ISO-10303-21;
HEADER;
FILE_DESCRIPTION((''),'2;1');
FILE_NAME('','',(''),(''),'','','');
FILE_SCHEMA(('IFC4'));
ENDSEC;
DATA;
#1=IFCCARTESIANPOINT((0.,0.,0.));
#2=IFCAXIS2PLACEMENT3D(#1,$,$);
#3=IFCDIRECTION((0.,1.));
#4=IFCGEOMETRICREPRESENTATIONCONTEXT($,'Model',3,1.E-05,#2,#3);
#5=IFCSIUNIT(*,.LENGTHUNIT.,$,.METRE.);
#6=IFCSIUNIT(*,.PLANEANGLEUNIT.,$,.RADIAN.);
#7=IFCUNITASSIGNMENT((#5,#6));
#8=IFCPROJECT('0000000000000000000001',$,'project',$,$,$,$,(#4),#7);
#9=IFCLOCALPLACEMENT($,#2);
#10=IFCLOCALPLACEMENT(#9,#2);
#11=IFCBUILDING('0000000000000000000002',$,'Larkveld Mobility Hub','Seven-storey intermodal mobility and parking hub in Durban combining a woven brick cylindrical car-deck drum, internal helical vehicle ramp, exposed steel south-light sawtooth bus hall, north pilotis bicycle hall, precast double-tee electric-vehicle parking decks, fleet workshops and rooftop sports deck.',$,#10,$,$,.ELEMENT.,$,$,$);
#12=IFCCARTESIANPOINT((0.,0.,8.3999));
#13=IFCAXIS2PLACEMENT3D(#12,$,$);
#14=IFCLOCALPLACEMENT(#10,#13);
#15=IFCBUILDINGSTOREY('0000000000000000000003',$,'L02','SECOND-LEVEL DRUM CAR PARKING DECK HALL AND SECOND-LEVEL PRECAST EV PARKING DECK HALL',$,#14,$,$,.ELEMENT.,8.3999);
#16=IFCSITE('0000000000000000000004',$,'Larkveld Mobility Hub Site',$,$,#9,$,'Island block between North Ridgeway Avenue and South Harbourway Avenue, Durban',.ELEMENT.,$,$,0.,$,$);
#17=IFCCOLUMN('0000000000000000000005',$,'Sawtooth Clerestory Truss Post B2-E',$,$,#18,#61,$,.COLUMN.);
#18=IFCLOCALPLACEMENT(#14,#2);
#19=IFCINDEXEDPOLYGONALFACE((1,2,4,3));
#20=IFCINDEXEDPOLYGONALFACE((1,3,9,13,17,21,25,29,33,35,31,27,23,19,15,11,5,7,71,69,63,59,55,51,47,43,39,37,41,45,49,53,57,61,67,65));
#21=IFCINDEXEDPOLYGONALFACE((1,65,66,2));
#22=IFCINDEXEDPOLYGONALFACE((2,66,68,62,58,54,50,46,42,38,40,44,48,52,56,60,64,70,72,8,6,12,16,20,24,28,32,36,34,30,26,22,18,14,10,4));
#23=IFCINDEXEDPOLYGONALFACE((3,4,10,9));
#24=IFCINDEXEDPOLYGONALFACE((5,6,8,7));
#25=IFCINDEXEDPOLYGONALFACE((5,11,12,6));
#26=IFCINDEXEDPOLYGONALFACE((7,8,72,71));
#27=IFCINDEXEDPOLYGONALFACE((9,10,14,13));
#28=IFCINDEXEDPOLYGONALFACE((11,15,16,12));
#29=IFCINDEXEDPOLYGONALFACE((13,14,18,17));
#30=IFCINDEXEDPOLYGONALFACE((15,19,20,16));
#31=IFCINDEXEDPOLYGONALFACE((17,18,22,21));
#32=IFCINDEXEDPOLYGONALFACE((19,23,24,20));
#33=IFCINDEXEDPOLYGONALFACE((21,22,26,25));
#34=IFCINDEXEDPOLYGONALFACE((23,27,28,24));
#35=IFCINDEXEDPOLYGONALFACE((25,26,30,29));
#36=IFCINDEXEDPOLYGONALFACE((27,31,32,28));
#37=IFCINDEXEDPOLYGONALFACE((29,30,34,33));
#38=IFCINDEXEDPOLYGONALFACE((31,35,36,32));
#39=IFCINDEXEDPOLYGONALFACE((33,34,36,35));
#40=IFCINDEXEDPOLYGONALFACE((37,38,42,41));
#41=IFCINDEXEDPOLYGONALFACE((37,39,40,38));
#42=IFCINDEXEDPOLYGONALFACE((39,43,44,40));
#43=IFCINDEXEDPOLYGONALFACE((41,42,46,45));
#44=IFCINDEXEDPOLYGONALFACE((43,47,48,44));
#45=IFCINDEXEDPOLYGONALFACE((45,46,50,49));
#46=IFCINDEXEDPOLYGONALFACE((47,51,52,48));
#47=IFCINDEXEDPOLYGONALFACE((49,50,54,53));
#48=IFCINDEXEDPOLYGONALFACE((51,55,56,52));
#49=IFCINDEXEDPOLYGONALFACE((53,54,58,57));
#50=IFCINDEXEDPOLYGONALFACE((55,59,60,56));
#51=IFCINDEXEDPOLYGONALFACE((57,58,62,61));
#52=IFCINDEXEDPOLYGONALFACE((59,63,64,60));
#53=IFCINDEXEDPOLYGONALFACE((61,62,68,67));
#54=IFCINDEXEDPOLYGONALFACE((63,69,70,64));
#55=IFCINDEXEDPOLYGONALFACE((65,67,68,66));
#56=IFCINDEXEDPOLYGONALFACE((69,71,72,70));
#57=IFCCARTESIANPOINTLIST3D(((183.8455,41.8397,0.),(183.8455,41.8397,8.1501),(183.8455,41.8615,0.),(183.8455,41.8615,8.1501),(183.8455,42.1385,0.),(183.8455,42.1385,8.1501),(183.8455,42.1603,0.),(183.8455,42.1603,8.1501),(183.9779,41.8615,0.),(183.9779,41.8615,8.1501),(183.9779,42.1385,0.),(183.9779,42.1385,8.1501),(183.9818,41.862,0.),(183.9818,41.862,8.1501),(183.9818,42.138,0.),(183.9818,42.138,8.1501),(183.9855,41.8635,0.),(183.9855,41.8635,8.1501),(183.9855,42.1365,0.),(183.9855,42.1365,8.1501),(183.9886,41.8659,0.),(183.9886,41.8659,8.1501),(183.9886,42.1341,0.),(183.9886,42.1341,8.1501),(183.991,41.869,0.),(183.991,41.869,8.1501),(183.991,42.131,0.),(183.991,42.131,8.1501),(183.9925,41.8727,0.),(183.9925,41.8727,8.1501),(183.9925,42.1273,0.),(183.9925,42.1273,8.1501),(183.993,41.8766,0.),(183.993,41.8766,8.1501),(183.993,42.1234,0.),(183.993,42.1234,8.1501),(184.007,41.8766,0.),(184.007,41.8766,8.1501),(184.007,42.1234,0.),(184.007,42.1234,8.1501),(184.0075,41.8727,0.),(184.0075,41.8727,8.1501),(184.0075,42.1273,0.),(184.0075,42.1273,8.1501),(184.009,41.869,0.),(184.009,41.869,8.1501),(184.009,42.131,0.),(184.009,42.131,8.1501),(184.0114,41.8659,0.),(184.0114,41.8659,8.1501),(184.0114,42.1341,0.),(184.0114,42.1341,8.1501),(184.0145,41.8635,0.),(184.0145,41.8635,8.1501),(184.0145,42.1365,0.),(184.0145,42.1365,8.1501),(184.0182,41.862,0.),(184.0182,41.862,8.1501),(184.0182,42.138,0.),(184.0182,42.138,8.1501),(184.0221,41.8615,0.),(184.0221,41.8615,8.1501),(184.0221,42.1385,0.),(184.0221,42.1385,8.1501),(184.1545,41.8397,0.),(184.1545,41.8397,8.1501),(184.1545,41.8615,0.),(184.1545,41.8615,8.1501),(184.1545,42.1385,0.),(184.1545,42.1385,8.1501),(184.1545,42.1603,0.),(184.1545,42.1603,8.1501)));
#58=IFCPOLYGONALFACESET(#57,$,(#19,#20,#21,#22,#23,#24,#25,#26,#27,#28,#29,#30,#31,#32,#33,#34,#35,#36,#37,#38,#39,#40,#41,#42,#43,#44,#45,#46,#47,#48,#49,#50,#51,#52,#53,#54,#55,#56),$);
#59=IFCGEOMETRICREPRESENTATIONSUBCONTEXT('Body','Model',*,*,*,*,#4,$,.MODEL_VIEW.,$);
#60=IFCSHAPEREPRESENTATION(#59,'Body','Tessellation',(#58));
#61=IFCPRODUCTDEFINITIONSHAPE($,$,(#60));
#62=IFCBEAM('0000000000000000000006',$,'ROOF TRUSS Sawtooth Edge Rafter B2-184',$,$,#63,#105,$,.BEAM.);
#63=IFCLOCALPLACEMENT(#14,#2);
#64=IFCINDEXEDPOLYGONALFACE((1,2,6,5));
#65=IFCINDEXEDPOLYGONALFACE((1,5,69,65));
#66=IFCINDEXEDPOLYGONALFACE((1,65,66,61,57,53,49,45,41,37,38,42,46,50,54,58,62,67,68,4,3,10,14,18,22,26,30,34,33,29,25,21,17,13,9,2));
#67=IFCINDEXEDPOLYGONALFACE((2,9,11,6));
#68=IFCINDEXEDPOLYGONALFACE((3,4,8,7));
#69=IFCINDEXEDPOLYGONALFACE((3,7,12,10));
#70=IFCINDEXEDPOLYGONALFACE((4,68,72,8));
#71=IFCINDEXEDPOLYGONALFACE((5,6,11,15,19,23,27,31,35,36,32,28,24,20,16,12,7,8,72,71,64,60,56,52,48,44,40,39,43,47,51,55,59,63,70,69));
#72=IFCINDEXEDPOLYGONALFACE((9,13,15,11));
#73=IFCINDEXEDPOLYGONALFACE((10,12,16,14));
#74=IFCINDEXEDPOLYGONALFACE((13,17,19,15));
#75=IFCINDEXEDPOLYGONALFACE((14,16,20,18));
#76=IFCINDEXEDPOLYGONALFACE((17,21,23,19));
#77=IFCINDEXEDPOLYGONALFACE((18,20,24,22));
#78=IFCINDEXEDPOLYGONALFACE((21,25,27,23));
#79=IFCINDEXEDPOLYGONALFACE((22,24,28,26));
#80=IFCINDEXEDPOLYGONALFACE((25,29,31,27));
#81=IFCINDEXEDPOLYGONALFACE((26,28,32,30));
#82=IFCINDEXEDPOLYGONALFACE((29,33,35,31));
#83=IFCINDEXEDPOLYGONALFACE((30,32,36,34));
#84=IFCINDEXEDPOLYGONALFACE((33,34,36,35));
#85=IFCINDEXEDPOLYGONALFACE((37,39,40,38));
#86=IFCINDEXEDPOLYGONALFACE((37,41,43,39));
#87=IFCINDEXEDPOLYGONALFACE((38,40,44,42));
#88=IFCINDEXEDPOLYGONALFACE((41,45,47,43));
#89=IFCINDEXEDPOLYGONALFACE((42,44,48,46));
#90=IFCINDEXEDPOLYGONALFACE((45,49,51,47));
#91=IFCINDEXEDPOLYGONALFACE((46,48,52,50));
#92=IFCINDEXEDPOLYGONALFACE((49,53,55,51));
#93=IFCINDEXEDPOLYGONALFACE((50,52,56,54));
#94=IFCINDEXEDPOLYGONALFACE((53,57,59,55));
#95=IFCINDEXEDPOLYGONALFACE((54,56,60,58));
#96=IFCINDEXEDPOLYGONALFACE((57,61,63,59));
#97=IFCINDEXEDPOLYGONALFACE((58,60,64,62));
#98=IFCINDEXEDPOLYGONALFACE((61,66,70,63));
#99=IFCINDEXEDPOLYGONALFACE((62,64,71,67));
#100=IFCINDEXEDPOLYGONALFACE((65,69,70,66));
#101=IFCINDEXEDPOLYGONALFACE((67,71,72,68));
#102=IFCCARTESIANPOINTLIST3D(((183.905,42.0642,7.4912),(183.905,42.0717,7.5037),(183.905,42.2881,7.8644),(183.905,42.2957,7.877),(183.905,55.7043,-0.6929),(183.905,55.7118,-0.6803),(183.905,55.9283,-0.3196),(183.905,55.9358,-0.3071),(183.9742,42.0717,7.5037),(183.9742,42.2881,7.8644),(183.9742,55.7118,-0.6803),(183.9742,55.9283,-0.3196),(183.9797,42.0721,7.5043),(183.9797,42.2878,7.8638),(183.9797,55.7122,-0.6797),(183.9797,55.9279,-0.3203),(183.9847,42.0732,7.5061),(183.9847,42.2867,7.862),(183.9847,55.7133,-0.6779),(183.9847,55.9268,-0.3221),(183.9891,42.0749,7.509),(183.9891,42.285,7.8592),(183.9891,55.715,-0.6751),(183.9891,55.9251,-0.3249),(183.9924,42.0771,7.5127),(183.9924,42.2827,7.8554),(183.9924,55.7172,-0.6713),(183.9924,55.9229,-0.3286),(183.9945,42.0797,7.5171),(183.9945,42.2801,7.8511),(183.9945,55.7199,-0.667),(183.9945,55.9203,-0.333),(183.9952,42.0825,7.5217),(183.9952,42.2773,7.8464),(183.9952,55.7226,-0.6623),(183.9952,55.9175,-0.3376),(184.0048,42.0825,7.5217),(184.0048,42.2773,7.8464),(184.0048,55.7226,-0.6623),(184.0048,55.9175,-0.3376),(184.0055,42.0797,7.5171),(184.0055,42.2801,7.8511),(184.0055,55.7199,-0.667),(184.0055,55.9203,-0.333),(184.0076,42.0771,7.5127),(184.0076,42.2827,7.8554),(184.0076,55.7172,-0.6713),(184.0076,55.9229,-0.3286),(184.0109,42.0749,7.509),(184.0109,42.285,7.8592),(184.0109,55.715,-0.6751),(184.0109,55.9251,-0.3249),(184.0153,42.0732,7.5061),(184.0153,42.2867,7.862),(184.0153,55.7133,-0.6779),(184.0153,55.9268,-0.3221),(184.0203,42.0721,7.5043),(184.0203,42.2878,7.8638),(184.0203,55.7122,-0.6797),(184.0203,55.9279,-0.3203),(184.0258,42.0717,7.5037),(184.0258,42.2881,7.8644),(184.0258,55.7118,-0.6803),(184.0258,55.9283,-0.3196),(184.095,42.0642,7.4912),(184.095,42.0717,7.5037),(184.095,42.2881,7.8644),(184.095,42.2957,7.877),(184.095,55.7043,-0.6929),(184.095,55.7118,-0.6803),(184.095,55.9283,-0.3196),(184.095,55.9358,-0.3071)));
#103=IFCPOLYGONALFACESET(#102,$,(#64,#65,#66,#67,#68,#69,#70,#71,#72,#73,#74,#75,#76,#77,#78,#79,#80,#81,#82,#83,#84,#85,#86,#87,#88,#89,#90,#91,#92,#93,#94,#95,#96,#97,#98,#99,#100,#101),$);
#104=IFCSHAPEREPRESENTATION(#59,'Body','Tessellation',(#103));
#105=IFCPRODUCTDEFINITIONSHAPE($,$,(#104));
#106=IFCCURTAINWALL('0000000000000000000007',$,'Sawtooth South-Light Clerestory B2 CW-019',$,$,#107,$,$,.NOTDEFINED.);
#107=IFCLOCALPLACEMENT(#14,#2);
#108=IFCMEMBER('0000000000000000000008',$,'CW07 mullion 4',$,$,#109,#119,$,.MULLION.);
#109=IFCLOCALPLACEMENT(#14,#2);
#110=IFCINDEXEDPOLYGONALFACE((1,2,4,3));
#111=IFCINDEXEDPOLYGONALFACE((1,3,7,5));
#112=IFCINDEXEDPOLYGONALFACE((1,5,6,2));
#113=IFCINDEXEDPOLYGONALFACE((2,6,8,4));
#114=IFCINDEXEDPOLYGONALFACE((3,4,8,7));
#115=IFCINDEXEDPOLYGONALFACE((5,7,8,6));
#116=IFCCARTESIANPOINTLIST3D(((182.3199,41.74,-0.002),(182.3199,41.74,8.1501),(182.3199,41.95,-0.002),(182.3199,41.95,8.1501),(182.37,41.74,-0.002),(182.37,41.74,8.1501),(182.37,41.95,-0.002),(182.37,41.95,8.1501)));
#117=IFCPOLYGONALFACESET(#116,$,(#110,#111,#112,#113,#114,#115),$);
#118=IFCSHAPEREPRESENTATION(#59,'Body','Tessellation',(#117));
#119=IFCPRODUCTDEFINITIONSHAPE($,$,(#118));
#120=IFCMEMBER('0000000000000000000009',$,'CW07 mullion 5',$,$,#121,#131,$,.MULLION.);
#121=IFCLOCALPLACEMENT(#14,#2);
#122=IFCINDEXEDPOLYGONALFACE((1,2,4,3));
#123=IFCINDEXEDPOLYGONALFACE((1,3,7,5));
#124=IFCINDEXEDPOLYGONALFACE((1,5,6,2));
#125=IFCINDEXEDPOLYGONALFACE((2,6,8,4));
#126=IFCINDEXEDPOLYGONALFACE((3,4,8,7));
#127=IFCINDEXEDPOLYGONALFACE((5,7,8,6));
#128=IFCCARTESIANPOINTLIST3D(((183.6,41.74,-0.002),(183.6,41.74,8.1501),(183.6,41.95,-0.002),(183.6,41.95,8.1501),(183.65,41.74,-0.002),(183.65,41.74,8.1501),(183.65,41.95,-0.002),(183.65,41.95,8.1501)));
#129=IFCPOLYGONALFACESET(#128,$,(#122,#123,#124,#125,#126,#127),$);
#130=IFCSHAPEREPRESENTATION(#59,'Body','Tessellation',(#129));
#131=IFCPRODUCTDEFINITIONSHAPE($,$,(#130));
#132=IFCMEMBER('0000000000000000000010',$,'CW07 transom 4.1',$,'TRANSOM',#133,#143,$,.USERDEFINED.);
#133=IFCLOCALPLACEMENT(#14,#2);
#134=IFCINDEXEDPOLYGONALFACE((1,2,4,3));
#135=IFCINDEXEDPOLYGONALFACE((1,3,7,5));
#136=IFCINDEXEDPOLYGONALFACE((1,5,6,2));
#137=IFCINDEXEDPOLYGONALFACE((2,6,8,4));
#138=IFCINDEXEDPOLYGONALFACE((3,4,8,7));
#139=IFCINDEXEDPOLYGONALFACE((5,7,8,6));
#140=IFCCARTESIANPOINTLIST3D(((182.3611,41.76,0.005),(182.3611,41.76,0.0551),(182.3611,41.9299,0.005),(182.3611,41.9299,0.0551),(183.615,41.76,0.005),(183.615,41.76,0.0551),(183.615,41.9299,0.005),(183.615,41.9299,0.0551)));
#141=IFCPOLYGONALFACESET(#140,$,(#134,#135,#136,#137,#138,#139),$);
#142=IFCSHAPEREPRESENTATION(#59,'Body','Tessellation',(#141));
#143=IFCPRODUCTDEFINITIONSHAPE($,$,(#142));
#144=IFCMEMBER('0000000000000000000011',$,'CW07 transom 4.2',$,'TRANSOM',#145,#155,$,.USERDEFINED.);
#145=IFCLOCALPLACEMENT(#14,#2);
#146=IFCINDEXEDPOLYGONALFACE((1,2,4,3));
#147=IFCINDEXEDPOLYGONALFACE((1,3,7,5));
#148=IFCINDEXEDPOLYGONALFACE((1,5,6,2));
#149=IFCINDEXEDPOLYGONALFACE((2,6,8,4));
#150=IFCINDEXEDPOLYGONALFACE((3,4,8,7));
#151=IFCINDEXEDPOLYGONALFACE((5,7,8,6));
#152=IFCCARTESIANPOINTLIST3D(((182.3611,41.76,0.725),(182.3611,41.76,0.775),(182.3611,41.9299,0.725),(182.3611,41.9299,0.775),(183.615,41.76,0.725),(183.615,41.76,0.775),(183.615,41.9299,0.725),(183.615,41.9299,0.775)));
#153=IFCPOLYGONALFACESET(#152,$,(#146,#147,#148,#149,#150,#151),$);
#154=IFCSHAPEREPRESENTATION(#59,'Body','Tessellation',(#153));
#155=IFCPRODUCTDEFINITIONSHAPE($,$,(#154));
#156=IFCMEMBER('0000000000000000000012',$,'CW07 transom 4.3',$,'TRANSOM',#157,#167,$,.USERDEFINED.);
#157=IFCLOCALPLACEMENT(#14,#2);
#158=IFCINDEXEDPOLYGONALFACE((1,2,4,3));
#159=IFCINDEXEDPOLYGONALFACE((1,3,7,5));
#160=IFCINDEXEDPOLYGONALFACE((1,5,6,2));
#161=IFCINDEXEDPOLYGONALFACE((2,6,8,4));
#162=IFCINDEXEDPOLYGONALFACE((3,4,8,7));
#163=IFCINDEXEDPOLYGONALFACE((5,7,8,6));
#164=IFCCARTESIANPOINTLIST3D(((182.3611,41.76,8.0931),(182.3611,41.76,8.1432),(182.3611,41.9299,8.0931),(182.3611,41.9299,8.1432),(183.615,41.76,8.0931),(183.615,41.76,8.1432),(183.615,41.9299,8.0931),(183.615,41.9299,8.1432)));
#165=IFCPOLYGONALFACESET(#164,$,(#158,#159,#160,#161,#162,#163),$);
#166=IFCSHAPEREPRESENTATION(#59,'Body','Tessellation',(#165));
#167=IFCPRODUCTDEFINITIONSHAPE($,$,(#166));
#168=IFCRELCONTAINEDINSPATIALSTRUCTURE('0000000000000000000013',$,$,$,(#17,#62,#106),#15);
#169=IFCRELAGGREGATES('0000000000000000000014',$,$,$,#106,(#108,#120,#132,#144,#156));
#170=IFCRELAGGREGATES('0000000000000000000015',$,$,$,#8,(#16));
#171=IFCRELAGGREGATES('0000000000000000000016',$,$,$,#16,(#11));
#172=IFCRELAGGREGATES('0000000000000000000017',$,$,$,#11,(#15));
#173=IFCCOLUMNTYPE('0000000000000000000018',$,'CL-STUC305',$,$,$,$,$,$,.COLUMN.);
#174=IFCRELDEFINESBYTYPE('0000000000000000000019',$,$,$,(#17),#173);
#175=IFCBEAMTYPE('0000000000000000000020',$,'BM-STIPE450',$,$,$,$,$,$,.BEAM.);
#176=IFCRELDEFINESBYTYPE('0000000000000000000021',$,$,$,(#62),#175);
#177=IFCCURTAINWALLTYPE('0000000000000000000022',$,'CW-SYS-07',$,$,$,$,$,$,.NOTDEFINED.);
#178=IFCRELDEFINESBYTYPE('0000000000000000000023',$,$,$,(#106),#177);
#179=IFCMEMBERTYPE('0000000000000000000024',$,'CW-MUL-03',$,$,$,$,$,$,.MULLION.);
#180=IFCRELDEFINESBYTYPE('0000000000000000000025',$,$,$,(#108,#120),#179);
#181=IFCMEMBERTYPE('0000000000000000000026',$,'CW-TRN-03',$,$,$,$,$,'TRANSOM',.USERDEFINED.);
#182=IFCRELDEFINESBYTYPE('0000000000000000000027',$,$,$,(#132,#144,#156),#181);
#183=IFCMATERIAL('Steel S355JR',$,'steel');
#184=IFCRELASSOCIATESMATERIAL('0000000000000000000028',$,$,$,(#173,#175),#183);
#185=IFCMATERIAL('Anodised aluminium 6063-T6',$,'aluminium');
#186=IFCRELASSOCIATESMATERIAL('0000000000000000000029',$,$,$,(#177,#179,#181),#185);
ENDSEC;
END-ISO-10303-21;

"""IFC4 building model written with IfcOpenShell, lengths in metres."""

from ifc_helpers import new_model, si_unit, direction, frame, origin, origin_2d, place, context, subcontext, project, spatial, rectangle, i_section, extrude, material, material_profile, profile_set, type_object, element, aggregate, save


model = new_model("IFC4")

# Units and contexts
model_context = context("Model", 3, precision=1e-05, world=origin(), true_north=direction((0.0, 1.0)))
body_context = subcontext(model_context, "Body", "Model", "MODEL_VIEW")
ifc_project = project(units=[si_unit("LENGTHUNIT", "METRE"), si_unit("PLANEANGLEUNIT", "RADIAN")], contexts=[model_context])

# Site, building, storey
site_placement = place(None, origin())
site = spatial("IfcSite", under=ifc_project, at=site_placement, Name="Larkveld Mobility Hub Site", LongName="Island block between North Ridgeway Avenue and South Harbourway Avenue, Durban", CompositionType="ELEMENT", RefElevation=0.0)
building_placement = place(site_placement, origin())
building = spatial("IfcBuilding", under=site, at=building_placement, Name="Larkveld Mobility Hub", Description="Seven-storey intermodal mobility and parking hub in Durban combining a woven brick cylindrical car-deck drum, internal helical vehicle ramp, exposed steel south-light sawtooth bus hall, north pilotis bicycle hall, precast double-tee electric-vehicle parking decks, fleet workshops and rooftop sports deck.", CompositionType="ELEMENT")
storey_placement = place(building_placement, frame((0.0, 0.0, 8.3999)))
storey = spatial("IfcBuildingStorey", under=building, at=storey_placement, Name="L02", Description="SECOND-LEVEL DRUM CAR PARKING DECK HALL AND SECOND-LEVEL PRECAST EV PARKING DECK HALL", CompositionType="ELEMENT", Elevation=8.3999)

# Column
ifc_material_1 = material(Name="Steel S355JR", Category="steel")
ifc_material_profile_1 = material_profile(ifc_material_1, i_section(OverallWidth=0.3091, OverallDepth=0.3206, WebThickness=0.0139, FlangeThickness=0.0217, FilletRadius=0.0151, at=origin_2d()), Name="UC 305x305x137")
ifc_profile_set_1 = profile_set([ifc_material_profile_1], Name="Steel S355JR")
column_type = type_object("IfcColumnType", Name="CL-STUC305", PredefinedType="COLUMN", material=ifc_profile_set_1)
column_placement = place(storey_placement, frame((184.0, 42.0, 0.0), z_axis=(0.0, 0.0, 1.0), x_axis=(1.0, 0.0, 0.0)))
element("IfcColumn", 1, at=column_placement, inside=storey, type_object=column_type, Name="Sawtooth Clerestory Truss Post B2-E", PredefinedType="COLUMN", context=body_context, shape_type="SweptSolid", body=[
    extrude(i_section(OverallWidth=0.3091, OverallDepth=0.3206, WebThickness=0.0139, FlangeThickness=0.0217, FilletRadius=0.0151, at=origin_2d()), origin(), (0.0, 0.0, 1.0), 8.1501),
])

# Beam
ifc_material_profile_2 = material_profile(ifc_material_1, i_section(OverallWidth=0.1899, OverallDepth=0.45, WebThickness=0.0095, FlangeThickness=0.0146, FilletRadius=0.021, at=origin_2d()), Name="IPE 450")
ifc_profile_set_2 = profile_set([ifc_material_profile_2], Name="Steel S355JR")
beam_type = type_object("IfcBeamType", Name="BM-STIPE450", PredefinedType="BEAM", material=ifc_profile_set_2)
beam_placement = place(storey_placement, frame((184.0, 42.1799, 7.6841), z_axis=(0.0, 0.857493, -0.514496), x_axis=(-1.0, 0.0, 0.0)))
element("IfcBeam", 2, at=beam_placement, inside=storey, type_object=beam_type, Name="ROOF TRUSS Sawtooth Edge Rafter B2-184", PredefinedType="BEAM", context=body_context, shape_type="SweptSolid", body=[
    extrude(i_section(OverallWidth=0.1899, OverallDepth=0.45, WebThickness=0.0095, FlangeThickness=0.0146, FilletRadius=0.021, at=origin_2d()), origin(), (0.0, 0.0, 1.0), 15.907),
])

# Curtain wall, members
ifc_material_2 = material(Name="Anodised aluminium 6063-T6", Category="aluminium")
curtain_wall_type = type_object("IfcCurtainWallType", Name="CW-SYS-07", PredefinedType="NOTDEFINED", material=ifc_material_2)
curtain_wall_placement = place(storey_placement, origin())
curtain_wall = element("IfcCurtainWall", 3, at=curtain_wall_placement, inside=storey, type_object=curtain_wall_type, Name="Sawtooth South-Light Clerestory B2 CW-019", PredefinedType="NOTDEFINED")
ifc_material_profile_3 = material_profile(ifc_material_2, rectangle(XDim=0.05, YDim=0.21, at=origin_2d()), Name="ALU MULL 50x210")
ifc_profile_set_3 = profile_set([ifc_material_profile_3], Name="Anodised aluminium 6063-T6")
member_type_1 = type_object("IfcMemberType", Name="CW-MUL-03", PredefinedType="MULLION", material=ifc_profile_set_3)
member_1_placement = place(storey_placement, frame((182.345, 41.845, -0.002), z_axis=(0.0, 0.0, 1.0), x_axis=(1.0, 0.0, 0.0)))
member_1 = element("IfcMember", 4, at=member_1_placement, type_object=member_type_1, Name="CW07 mullion 4", PredefinedType="MULLION", context=body_context, shape_type="SweptSolid", body=[
    extrude(rectangle(XDim=0.05, YDim=0.21, at=origin_2d()), origin(), (0.0, 0.0, 1.0), 8.1521),
])
member_2_placement = place(storey_placement, frame((183.625, 41.845, -0.002), z_axis=(0.0, 0.0, 1.0), x_axis=(1.0, 0.0, 0.0)))
member_2 = element("IfcMember", 5, at=member_2_placement, type_object=member_type_1, Name="CW07 mullion 5", PredefinedType="MULLION", context=body_context, shape_type="SweptSolid", body=[
    extrude(rectangle(XDim=0.05, YDim=0.21, at=origin_2d()), origin(), (0.0, 0.0, 1.0), 8.1521),
])
ifc_material_profile_4 = material_profile(ifc_material_2, rectangle(XDim=0.1699, YDim=0.05, at=origin_2d()), Name="ALU TRAN 50x170")
ifc_profile_set_4 = profile_set([ifc_material_profile_4], Name="Anodised aluminium 6063-T6")
member_type_2 = type_object("IfcMemberType", Name="CW-TRN-03", ElementType="TRANSOM", PredefinedType="USERDEFINED", material=ifc_profile_set_4)
member_3_placement = place(storey_placement, frame((182.3611, 41.845, 0.03), z_axis=(1.0, 0.0, 0.0), x_axis=(0.0, 1.0, 0.0)))
member_3 = element("IfcMember", 6, at=member_3_placement, type_object=member_type_2, Name="CW07 transom 4.1", ObjectType="TRANSOM", PredefinedType="USERDEFINED", context=body_context, shape_type="SweptSolid", body=[
    extrude(rectangle(XDim=0.1699, YDim=0.05, at=origin_2d()), origin(), (0.0, 0.0, 1.0), 1.2539),
])
member_4_placement = place(storey_placement, frame((182.3611, 41.845, 0.75), z_axis=(1.0, 0.0, 0.0), x_axis=(0.0, 1.0, 0.0)))
member_4 = element("IfcMember", 7, at=member_4_placement, type_object=member_type_2, Name="CW07 transom 4.2", ObjectType="TRANSOM", PredefinedType="USERDEFINED", context=body_context, shape_type="SweptSolid", body=[
    extrude(rectangle(XDim=0.1699, YDim=0.05, at=origin_2d()), origin(), (0.0, 0.0, 1.0), 1.2539),
])
member_5_placement = place(storey_placement, frame((182.3611, 41.845, 8.1182), z_axis=(1.0, 0.0, 0.0), x_axis=(0.0, 1.0, 0.0)))
member_5 = element("IfcMember", 8, at=member_5_placement, type_object=member_type_2, Name="CW07 transom 4.3", ObjectType="TRANSOM", PredefinedType="USERDEFINED", context=body_context, shape_type="SweptSolid", body=[
    extrude(rectangle(XDim=0.1699, YDim=0.05, at=origin_2d()), origin(), (0.0, 0.0, 1.0), 1.2539),
])

aggregate(curtain_wall, [member_1, member_2, member_3, member_4, member_5])

save(model, "model.ifc")
